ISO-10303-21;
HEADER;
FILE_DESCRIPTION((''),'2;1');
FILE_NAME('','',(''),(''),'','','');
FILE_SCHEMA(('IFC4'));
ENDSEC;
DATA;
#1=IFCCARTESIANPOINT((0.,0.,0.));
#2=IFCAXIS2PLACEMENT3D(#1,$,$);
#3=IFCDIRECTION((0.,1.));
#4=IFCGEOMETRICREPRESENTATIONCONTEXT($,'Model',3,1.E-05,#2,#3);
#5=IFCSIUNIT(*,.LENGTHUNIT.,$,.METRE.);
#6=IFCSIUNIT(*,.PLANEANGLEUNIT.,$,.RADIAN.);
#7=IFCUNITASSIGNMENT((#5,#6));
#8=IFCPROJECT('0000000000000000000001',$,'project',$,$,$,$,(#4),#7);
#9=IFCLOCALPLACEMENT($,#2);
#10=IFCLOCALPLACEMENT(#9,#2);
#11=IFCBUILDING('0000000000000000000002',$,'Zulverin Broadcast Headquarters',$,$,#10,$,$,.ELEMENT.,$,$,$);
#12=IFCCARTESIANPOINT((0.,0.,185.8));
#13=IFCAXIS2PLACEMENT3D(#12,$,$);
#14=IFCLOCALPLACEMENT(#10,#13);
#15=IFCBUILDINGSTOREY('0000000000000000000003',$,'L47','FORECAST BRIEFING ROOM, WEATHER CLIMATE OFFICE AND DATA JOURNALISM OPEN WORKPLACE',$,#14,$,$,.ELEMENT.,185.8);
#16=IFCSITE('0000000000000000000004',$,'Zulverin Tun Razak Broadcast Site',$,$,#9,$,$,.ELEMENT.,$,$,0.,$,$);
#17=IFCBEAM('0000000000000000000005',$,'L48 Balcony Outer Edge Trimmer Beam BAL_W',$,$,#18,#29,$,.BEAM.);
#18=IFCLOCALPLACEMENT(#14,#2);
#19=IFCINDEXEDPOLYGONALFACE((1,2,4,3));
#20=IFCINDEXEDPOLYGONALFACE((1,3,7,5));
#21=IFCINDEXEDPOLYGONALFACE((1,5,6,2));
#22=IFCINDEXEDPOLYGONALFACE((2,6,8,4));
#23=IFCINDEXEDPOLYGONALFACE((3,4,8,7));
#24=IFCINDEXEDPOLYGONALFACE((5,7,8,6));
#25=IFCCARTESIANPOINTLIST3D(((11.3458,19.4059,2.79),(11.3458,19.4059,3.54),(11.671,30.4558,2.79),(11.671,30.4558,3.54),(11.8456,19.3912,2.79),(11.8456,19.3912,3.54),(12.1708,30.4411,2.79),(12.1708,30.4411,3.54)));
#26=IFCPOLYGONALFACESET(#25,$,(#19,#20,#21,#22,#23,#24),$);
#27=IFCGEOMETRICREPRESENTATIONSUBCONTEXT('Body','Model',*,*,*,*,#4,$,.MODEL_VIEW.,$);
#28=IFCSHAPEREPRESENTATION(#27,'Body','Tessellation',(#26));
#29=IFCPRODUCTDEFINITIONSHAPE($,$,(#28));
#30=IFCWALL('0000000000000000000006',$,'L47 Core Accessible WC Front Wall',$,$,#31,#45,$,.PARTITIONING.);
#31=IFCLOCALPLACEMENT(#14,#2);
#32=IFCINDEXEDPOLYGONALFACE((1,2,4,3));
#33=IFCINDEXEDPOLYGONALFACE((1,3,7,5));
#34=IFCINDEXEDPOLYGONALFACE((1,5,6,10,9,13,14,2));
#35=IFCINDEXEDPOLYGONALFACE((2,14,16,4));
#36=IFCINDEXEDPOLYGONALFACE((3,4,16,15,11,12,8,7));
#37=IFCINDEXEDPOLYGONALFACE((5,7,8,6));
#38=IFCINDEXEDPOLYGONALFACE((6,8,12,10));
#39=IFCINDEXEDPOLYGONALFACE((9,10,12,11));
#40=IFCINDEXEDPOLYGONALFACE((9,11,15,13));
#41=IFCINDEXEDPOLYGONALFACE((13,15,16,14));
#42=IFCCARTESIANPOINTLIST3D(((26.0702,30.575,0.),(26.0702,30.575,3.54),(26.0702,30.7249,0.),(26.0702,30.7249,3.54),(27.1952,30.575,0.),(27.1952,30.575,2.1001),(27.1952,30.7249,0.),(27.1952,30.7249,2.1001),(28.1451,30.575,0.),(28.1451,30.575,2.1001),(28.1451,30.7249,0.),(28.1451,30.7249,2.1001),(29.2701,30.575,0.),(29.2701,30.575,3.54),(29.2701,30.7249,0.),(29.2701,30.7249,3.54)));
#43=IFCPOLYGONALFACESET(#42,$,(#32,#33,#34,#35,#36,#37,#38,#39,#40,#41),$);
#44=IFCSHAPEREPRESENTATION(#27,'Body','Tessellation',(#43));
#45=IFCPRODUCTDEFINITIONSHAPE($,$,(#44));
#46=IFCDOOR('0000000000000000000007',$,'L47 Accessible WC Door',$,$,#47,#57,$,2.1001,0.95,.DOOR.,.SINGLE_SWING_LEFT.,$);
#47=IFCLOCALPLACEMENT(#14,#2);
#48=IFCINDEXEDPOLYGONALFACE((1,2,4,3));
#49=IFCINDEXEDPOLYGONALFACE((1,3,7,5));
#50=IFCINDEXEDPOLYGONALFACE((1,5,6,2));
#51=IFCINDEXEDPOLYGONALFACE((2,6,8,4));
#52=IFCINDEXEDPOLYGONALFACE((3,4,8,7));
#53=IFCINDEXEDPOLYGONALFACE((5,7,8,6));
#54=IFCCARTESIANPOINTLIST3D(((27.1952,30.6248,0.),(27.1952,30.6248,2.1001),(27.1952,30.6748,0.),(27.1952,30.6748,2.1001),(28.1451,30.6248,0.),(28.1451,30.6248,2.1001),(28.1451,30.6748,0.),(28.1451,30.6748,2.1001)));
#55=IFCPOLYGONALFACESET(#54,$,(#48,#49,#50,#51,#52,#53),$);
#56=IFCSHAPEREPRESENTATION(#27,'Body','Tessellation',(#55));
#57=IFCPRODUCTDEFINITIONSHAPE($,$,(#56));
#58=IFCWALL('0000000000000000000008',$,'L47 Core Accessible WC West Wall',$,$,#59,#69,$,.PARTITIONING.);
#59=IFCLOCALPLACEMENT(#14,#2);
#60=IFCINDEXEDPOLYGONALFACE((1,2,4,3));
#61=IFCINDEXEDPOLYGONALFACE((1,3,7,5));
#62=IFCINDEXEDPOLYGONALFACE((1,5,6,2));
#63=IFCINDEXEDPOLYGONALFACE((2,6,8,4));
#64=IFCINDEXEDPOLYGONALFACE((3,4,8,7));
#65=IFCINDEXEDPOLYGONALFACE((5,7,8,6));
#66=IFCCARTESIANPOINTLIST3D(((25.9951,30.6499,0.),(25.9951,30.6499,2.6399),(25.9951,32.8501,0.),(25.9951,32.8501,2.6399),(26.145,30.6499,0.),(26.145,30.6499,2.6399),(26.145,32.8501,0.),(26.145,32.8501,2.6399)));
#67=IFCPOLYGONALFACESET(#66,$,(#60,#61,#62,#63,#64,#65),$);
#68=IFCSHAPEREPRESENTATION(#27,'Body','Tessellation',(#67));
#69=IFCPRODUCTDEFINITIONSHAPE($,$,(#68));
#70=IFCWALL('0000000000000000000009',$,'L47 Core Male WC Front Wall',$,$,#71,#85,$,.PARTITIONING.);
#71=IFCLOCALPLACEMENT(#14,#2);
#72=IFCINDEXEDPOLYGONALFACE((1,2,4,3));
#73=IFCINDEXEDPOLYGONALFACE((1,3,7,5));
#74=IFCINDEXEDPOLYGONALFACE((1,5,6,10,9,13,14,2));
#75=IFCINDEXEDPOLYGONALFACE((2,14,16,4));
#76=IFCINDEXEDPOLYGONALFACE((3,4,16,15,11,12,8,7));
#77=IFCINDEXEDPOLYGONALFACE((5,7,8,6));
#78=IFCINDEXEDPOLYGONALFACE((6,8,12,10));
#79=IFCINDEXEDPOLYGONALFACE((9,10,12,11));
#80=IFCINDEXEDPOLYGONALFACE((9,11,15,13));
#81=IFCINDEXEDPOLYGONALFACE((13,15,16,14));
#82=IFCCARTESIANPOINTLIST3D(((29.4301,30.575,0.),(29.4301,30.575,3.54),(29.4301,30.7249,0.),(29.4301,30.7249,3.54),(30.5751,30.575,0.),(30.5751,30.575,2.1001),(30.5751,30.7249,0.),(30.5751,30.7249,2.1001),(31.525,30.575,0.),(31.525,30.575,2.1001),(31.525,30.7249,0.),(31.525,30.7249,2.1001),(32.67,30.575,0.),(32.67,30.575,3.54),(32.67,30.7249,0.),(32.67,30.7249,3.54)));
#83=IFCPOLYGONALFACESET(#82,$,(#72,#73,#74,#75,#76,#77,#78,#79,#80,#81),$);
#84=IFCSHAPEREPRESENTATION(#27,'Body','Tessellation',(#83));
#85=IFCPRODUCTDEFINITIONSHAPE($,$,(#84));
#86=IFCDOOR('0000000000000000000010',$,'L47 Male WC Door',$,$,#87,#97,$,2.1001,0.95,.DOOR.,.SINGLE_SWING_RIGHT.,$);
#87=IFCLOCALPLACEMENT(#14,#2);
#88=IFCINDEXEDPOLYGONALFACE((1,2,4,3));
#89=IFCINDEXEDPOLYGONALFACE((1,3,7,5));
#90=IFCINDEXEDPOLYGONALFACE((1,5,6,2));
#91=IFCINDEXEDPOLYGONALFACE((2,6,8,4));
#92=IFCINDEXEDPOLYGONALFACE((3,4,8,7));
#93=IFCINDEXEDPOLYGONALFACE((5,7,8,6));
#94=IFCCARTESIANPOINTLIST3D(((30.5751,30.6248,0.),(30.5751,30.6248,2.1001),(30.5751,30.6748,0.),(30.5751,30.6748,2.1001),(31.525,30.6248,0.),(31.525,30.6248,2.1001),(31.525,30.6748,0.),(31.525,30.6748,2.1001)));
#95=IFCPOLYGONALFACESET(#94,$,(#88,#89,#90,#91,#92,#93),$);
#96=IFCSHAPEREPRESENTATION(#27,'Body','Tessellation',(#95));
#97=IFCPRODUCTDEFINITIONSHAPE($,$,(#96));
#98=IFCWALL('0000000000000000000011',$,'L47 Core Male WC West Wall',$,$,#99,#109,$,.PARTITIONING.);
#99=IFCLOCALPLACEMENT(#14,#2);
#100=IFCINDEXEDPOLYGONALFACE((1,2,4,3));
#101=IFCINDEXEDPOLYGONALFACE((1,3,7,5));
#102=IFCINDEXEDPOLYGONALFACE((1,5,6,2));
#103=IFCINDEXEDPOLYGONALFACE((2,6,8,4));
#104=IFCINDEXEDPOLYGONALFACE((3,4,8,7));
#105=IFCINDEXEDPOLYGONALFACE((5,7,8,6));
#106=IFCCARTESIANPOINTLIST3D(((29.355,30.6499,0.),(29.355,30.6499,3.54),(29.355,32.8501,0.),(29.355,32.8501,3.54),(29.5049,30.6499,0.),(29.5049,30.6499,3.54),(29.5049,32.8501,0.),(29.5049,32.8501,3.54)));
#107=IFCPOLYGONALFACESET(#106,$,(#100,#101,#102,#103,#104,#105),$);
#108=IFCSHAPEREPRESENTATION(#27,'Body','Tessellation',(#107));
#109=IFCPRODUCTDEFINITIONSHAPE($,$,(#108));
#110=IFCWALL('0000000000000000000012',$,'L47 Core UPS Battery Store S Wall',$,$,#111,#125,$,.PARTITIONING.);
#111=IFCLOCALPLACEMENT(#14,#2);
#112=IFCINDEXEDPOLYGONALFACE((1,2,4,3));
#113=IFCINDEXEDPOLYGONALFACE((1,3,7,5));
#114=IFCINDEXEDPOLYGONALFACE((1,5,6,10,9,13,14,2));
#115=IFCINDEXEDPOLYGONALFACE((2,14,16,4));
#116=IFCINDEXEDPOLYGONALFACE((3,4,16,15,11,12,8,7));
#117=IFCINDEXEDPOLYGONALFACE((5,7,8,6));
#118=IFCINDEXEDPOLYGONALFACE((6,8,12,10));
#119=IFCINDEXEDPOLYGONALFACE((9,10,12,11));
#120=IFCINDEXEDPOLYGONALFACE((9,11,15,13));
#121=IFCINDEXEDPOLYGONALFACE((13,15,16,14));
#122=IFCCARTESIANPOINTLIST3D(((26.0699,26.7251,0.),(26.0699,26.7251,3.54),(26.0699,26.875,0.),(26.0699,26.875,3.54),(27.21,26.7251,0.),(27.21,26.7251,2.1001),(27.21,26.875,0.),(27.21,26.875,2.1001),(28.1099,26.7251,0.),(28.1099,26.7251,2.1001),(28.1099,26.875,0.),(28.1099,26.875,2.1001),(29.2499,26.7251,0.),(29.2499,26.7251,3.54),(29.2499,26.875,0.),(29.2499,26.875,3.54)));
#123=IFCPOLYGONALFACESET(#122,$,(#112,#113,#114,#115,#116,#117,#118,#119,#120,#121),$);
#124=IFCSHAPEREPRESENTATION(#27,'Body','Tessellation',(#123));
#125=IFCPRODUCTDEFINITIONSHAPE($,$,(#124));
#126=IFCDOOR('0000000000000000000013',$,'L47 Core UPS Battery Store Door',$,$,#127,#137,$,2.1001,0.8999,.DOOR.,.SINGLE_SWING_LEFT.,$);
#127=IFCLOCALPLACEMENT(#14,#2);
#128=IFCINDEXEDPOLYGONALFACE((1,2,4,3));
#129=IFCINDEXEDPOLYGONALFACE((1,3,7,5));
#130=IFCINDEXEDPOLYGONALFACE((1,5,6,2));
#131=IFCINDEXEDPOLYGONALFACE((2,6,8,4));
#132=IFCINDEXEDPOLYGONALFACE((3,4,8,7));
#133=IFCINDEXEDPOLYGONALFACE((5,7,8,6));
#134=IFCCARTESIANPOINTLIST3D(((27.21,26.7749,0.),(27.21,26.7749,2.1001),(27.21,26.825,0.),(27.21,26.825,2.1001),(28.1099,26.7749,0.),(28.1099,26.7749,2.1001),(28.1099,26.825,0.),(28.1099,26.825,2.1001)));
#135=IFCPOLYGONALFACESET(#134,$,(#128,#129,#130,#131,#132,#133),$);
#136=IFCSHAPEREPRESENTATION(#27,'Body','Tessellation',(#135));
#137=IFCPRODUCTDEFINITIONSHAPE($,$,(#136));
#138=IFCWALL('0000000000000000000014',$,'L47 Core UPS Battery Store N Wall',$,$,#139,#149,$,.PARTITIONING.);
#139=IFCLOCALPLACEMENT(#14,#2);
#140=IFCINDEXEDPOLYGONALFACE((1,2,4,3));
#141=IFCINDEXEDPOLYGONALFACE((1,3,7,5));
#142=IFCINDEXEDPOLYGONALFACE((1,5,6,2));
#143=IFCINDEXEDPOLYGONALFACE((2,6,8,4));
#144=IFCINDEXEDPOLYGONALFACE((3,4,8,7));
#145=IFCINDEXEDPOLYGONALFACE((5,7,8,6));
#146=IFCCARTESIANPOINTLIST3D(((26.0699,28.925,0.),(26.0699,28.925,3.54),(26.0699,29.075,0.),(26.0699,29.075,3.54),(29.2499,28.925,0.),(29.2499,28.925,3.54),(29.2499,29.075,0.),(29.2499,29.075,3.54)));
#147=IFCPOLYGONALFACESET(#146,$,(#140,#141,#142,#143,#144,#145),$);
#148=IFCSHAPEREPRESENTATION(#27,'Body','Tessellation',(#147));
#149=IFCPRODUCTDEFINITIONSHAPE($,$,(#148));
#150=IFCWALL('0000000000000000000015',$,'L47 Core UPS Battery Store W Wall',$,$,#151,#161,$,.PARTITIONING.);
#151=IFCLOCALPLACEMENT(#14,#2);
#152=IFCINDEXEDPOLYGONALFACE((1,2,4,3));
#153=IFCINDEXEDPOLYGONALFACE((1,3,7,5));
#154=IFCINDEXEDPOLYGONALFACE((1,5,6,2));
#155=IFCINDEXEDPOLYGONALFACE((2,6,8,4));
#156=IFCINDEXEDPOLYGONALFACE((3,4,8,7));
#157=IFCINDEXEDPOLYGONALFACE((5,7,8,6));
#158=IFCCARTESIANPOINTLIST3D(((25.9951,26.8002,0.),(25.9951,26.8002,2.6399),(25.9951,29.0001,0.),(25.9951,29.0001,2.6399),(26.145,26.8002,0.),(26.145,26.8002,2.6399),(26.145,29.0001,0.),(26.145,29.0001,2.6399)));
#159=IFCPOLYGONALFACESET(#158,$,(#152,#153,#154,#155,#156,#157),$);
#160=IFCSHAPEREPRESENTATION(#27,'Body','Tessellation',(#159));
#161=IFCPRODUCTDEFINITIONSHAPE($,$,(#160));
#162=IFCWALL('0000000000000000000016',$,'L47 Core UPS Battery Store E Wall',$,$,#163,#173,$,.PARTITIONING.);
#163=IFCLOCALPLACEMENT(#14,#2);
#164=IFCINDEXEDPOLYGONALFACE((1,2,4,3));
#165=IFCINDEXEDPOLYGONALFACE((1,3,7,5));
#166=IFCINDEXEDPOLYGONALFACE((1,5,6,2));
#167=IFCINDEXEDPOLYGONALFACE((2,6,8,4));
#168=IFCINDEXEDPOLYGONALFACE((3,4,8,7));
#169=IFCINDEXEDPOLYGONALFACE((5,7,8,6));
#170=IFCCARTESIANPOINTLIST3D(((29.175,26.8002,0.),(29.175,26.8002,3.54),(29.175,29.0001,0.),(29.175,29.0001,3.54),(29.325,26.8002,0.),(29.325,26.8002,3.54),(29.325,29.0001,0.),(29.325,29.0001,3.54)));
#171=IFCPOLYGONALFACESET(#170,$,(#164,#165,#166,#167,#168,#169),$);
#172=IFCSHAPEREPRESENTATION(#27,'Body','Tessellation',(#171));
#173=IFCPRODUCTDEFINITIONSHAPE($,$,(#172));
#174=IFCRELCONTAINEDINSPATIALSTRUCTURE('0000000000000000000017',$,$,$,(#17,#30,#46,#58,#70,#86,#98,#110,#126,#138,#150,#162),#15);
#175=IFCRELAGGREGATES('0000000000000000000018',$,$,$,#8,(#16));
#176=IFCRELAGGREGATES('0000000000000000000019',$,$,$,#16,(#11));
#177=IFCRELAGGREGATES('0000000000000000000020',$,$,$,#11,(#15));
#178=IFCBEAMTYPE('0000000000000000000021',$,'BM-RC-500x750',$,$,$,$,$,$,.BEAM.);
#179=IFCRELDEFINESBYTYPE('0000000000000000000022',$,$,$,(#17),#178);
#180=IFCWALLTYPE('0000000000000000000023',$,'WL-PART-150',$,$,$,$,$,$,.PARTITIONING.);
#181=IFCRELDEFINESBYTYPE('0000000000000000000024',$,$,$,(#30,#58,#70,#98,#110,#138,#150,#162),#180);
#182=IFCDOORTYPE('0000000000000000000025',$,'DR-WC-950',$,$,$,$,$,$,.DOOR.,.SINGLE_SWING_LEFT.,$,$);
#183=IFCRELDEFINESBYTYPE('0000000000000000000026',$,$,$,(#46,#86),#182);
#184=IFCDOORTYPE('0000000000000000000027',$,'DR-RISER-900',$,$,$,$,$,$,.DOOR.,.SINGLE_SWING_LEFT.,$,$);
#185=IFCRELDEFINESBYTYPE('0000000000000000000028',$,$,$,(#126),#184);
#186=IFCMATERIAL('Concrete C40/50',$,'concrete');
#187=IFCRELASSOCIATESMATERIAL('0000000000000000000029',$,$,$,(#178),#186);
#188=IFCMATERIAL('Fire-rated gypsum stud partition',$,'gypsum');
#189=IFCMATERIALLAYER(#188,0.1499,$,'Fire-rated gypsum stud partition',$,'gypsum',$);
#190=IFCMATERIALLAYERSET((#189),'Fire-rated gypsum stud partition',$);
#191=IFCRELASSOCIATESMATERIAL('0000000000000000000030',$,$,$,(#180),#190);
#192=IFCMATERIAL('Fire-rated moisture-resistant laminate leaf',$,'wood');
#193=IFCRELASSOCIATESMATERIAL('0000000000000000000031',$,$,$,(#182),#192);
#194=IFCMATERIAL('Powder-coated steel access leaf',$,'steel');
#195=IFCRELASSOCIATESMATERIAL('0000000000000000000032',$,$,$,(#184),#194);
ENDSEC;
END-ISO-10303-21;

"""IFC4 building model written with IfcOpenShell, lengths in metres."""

from ifc_helpers import new_model, si_unit, direction, frame, frame_2d, origin, origin_2d, place, context, subcontext, project, spatial, rectangle, extrude, material, layer, layer_set, material_profile, profile_set, type_object, element, fill, save


model = new_model("IFC4")

# Units and contexts
model_context = context("Model", 3, precision=1e-05, world=origin(), true_north=direction((0.0, 1.0)))
body_context = subcontext(model_context, "Body", "Model", "MODEL_VIEW")
ifc_project = project(units=[si_unit("LENGTHUNIT", "METRE"), si_unit("PLANEANGLEUNIT", "RADIAN")], contexts=[model_context])

# Site, building, storey
site_placement = place(None, origin())
site = spatial("IfcSite", under=ifc_project, at=site_placement, Name="Zulverin Tun Razak Broadcast Site", CompositionType="ELEMENT", RefElevation=0.0)
building_placement = place(site_placement, origin())
building = spatial("IfcBuilding", under=site, at=building_placement, Name="Zulverin Broadcast Headquarters", CompositionType="ELEMENT")
storey_placement = place(building_placement, frame((0.0, 0.0, 185.8)))
storey = spatial("IfcBuildingStorey", under=building, at=storey_placement, Name="L47", Description="FORECAST BRIEFING ROOM, WEATHER CLIMATE OFFICE AND DATA JOURNALISM OPEN WORKPLACE", CompositionType="ELEMENT", Elevation=185.8)

# Beam
ifc_material_1 = material(Name="Concrete C40/50", Category="concrete")
ifc_material_profile = material_profile(ifc_material_1, rectangle(XDim=0.5, YDim=0.75, at=origin_2d()), Name="Concrete C40/50", Category="concrete")
ifc_profile_set = profile_set([ifc_material_profile], Name="Concrete C40/50")
beam_type = type_object("IfcBeamType", Name="BM-RC-500x750", PredefinedType="BEAM", material=ifc_profile_set)
beam_placement = place(storey_placement, frame((11.9209, 30.4485, 3.165), z_axis=(-0.029417, -0.999567, 0.0), x_axis=(0.999567, -0.029417, 0.0)))
element("IfcBeam", 1, at=beam_placement, inside=storey, type_object=beam_type, Name="L48 Balcony Outer Edge Trimmer Beam BAL_W", PredefinedType="BEAM", context=body_context, shape_type="SweptSolid", body=[
    extrude(rectangle(XDim=0.5, YDim=0.75, at=origin_2d()), origin(), (0.0, 0.0, 1.0), 11.0547),
])

# Wall, opening, door
ifc_material_2 = material(Name="Fire-rated gypsum stud partition", Category="gypsum")
ifc_layer_1 = layer(ifc_material_2, 0.1499, Name="Fire-rated gypsum stud partition", Category="gypsum")
ifc_layer_set_1 = layer_set([ifc_layer_1], Name="Fire-rated gypsum stud partition")
wall_type_1 = type_object("IfcWallType", Name="WL-PART-150", PredefinedType="PARTITIONING", material=ifc_layer_set_1)
wall_1_placement = place(storey_placement, frame((26.0701, 30.6499, 0.0), z_axis=(0.0, 0.0, 1.0), x_axis=(1.0, 0.0, 0.0)))
wall_1 = element("IfcWall", 2, at=wall_1_placement, inside=storey, type_object=wall_type_1, Name="L47 Core Accessible WC Front Wall", PredefinedType="PARTITIONING", context=body_context, shape_type="SweptSolid", body=[
    extrude(rectangle(XDim=3.2, YDim=0.1499, at=frame_2d((1.6001, 0.0))), origin(), (0.0, 0.0, 1.0), 3.54),
])
opening_1_placement = place(wall_1_placement, frame((1.125, 0.0, 0.0)))
opening_1 = element("IfcOpeningElement", 3, at=opening_1_placement, cuts=wall_1, PredefinedType="OPENING", context=body_context, shape_type="SweptSolid", body=[
    extrude(rectangle(XDim=0.95, YDim=2.1001, at=frame_2d((0.4751, 1.05))), frame((0.0, 0.085, 0.0), z_axis=(0.0, -1.0, 0.0), x_axis=(1.0, 0.0, 0.0)), (0.0, 0.0, 1.0), 0.1699),
])
ifc_material_3 = material(Name="Fire-rated moisture-resistant laminate leaf", Category="wood")
door_type_1 = type_object("IfcDoorType", Name="DR-WC-950", OperationType="SINGLE_SWING_LEFT", PredefinedType="DOOR", material=ifc_material_3)
door_1_placement = place(opening_1_placement, origin())
door_1 = element("IfcDoor", 4, at=door_1_placement, inside=storey, type_object=door_type_1, Name="L47 Accessible WC Door", OperationType="SINGLE_SWING_LEFT", OverallHeight=2.1001, OverallWidth=0.95, PredefinedType="DOOR", context=body_context, shape_type="SweptSolid", body=[
    extrude(rectangle(XDim=0.95, YDim=2.1001, at=frame_2d((0.4751, 1.05))), frame((0.0, 0.0249, 0.0), z_axis=(0.0, -1.0, 0.0), x_axis=(1.0, 0.0, 0.0)), (0.0, 0.0, 1.0), 0.05),
])
fill(opening_1, door_1)

# Wall
wall_2_placement = place(storey_placement, frame((26.0701, 30.6499, 0.0), z_axis=(0.0, 0.0, 1.0), x_axis=(0.0, 1.0, 0.0)))
element("IfcWall", 5, at=wall_2_placement, inside=storey, type_object=wall_type_1, Name="L47 Core Accessible WC West Wall", PredefinedType="PARTITIONING", context=body_context, shape_type="SweptSolid", body=[
    extrude(rectangle(XDim=2.2002, YDim=0.1499, at=frame_2d((1.1001, 0.0))), origin(), (0.0, 0.0, 1.0), 2.6399),
])

# Wall, opening, door
wall_3_placement = place(storey_placement, frame((29.4299, 30.6499, 0.0), z_axis=(0.0, 0.0, 1.0), x_axis=(1.0, 0.0, 0.0)))
wall_3 = element("IfcWall", 6, at=wall_3_placement, inside=storey, type_object=wall_type_1, Name="L47 Core Male WC Front Wall", PredefinedType="PARTITIONING", context=body_context, shape_type="SweptSolid", body=[
    extrude(rectangle(XDim=3.24, YDim=0.1499, at=frame_2d((1.6201, 0.0))), origin(), (0.0, 0.0, 1.0), 3.54),
])
opening_2_placement = place(wall_3_placement, frame((1.145, 0.0, 0.0)))
opening_2 = element("IfcOpeningElement", 7, at=opening_2_placement, cuts=wall_3, PredefinedType="OPENING", context=body_context, shape_type="SweptSolid", body=[
    extrude(rectangle(XDim=0.95, YDim=2.1001, at=frame_2d((0.4751, 1.05))), frame((0.0, 0.085, 0.0), z_axis=(0.0, -1.0, 0.0), x_axis=(1.0, 0.0, 0.0)), (0.0, 0.0, 1.0), 0.1699),
])
door_2_placement = place(opening_2_placement, origin())
door_2 = element("IfcDoor", 8, at=door_2_placement, inside=storey, type_object=door_type_1, Name="L47 Male WC Door", OperationType="SINGLE_SWING_RIGHT", OverallHeight=2.1001, OverallWidth=0.95, PredefinedType="DOOR", context=body_context, shape_type="SweptSolid", body=[
    extrude(rectangle(XDim=0.95, YDim=2.1001, at=frame_2d((0.4751, 1.05))), frame((0.0, 0.0249, 0.0), z_axis=(0.0, -1.0, 0.0), x_axis=(1.0, 0.0, 0.0)), (0.0, 0.0, 1.0), 0.05),
])
fill(opening_2, door_2)

# Wall
wall_4_placement = place(storey_placement, frame((29.4299, 30.6499, 0.0), z_axis=(0.0, 0.0, 1.0), x_axis=(0.0, 1.0, 0.0)))
element("IfcWall", 9, at=wall_4_placement, inside=storey, type_object=wall_type_1, Name="L47 Core Male WC West Wall", PredefinedType="PARTITIONING", context=body_context, shape_type="SweptSolid", body=[
    extrude(rectangle(XDim=2.2002, YDim=0.1499, at=frame_2d((1.1001, 0.0))), origin(), (0.0, 0.0, 1.0), 3.54),
])

# Wall, opening, door
wall_5_placement = place(storey_placement, frame((26.0701, 26.8, 0.0), z_axis=(0.0, 0.0, 1.0), x_axis=(1.0, 0.0, 0.0)))
wall_5 = element("IfcWall", 10, at=wall_5_placement, inside=storey, type_object=wall_type_1, Name="L47 Core UPS Battery Store S Wall", PredefinedType="PARTITIONING", context=body_context, shape_type="SweptSolid", body=[
    extrude(rectangle(XDim=3.1799, YDim=0.1499, at=frame_2d((1.5898, 0.0))), origin(), (0.0, 0.0, 1.0), 3.54),
])
opening_3_placement = place(wall_5_placement, frame((1.1399, 0.0, 0.0)))
opening_3 = element("IfcOpeningElement", 11, at=opening_3_placement, cuts=wall_5, PredefinedType="OPENING", context=body_context, shape_type="SweptSolid", body=[
    extrude(rectangle(XDim=0.8999, YDim=2.1001, at=frame_2d((0.45, 1.05))), frame((0.0, 0.085, 0.0), z_axis=(0.0, -1.0, 0.0), x_axis=(1.0, 0.0, 0.0)), (0.0, 0.0, 1.0), 0.1699),
])
ifc_material_4 = material(Name="Powder-coated steel access leaf", Category="steel")
door_type_2 = type_object("IfcDoorType", Name="DR-RISER-900", OperationType="SINGLE_SWING_LEFT", PredefinedType="DOOR", material=ifc_material_4)
door_3_placement = place(opening_3_placement, origin())
door_3 = element("IfcDoor", 12, at=door_3_placement, inside=storey, type_object=door_type_2, Name="L47 Core UPS Battery Store Door", OperationType="SINGLE_SWING_LEFT", OverallHeight=2.1001, OverallWidth=0.8999, PredefinedType="DOOR", context=body_context, shape_type="SweptSolid", body=[
    extrude(rectangle(XDim=0.8999, YDim=2.1001, at=frame_2d((0.45, 1.05))), frame((0.0, 0.0249, 0.0), z_axis=(0.0, -1.0, 0.0), x_axis=(1.0, 0.0, 0.0)), (0.0, 0.0, 1.0), 0.05),
])
fill(opening_3, door_3)

# Walls
wall_6_placement = place(storey_placement, frame((26.0701, 29.0, 0.0), z_axis=(0.0, 0.0, 1.0), x_axis=(1.0, 0.0, 0.0)))
element("IfcWall", 13, at=wall_6_placement, inside=storey, type_object=wall_type_1, Name="L47 Core UPS Battery Store N Wall", PredefinedType="PARTITIONING", context=body_context, shape_type="SweptSolid", body=[
    extrude(rectangle(XDim=3.1799, YDim=0.1499, at=frame_2d((1.5898, 0.0))), origin(), (0.0, 0.0, 1.0), 3.54),
])
wall_7_placement = place(storey_placement, frame((26.0701, 26.8, 0.0), z_axis=(0.0, 0.0, 1.0), x_axis=(0.0, 1.0, 0.0)))
element("IfcWall", 14, at=wall_7_placement, inside=storey, type_object=wall_type_1, Name="L47 Core UPS Battery Store W Wall", PredefinedType="PARTITIONING", context=body_context, shape_type="SweptSolid", body=[
    extrude(rectangle(XDim=2.2, YDim=0.1499, at=frame_2d((1.1001, 0.0))), origin(), (0.0, 0.0, 1.0), 2.6399),
])
wall_8_placement = place(storey_placement, frame((29.25, 26.8, 0.0), z_axis=(0.0, 0.0, 1.0), x_axis=(0.0, 1.0, 0.0)))
element("IfcWall", 15, at=wall_8_placement, inside=storey, type_object=wall_type_1, Name="L47 Core UPS Battery Store E Wall", PredefinedType="PARTITIONING", context=body_context, shape_type="SweptSolid", body=[
    extrude(rectangle(XDim=2.2, YDim=0.1499, at=frame_2d((1.1001, 0.0))), origin(), (0.0, 0.0, 1.0), 3.54),
])

save(model, "model.ifc")
